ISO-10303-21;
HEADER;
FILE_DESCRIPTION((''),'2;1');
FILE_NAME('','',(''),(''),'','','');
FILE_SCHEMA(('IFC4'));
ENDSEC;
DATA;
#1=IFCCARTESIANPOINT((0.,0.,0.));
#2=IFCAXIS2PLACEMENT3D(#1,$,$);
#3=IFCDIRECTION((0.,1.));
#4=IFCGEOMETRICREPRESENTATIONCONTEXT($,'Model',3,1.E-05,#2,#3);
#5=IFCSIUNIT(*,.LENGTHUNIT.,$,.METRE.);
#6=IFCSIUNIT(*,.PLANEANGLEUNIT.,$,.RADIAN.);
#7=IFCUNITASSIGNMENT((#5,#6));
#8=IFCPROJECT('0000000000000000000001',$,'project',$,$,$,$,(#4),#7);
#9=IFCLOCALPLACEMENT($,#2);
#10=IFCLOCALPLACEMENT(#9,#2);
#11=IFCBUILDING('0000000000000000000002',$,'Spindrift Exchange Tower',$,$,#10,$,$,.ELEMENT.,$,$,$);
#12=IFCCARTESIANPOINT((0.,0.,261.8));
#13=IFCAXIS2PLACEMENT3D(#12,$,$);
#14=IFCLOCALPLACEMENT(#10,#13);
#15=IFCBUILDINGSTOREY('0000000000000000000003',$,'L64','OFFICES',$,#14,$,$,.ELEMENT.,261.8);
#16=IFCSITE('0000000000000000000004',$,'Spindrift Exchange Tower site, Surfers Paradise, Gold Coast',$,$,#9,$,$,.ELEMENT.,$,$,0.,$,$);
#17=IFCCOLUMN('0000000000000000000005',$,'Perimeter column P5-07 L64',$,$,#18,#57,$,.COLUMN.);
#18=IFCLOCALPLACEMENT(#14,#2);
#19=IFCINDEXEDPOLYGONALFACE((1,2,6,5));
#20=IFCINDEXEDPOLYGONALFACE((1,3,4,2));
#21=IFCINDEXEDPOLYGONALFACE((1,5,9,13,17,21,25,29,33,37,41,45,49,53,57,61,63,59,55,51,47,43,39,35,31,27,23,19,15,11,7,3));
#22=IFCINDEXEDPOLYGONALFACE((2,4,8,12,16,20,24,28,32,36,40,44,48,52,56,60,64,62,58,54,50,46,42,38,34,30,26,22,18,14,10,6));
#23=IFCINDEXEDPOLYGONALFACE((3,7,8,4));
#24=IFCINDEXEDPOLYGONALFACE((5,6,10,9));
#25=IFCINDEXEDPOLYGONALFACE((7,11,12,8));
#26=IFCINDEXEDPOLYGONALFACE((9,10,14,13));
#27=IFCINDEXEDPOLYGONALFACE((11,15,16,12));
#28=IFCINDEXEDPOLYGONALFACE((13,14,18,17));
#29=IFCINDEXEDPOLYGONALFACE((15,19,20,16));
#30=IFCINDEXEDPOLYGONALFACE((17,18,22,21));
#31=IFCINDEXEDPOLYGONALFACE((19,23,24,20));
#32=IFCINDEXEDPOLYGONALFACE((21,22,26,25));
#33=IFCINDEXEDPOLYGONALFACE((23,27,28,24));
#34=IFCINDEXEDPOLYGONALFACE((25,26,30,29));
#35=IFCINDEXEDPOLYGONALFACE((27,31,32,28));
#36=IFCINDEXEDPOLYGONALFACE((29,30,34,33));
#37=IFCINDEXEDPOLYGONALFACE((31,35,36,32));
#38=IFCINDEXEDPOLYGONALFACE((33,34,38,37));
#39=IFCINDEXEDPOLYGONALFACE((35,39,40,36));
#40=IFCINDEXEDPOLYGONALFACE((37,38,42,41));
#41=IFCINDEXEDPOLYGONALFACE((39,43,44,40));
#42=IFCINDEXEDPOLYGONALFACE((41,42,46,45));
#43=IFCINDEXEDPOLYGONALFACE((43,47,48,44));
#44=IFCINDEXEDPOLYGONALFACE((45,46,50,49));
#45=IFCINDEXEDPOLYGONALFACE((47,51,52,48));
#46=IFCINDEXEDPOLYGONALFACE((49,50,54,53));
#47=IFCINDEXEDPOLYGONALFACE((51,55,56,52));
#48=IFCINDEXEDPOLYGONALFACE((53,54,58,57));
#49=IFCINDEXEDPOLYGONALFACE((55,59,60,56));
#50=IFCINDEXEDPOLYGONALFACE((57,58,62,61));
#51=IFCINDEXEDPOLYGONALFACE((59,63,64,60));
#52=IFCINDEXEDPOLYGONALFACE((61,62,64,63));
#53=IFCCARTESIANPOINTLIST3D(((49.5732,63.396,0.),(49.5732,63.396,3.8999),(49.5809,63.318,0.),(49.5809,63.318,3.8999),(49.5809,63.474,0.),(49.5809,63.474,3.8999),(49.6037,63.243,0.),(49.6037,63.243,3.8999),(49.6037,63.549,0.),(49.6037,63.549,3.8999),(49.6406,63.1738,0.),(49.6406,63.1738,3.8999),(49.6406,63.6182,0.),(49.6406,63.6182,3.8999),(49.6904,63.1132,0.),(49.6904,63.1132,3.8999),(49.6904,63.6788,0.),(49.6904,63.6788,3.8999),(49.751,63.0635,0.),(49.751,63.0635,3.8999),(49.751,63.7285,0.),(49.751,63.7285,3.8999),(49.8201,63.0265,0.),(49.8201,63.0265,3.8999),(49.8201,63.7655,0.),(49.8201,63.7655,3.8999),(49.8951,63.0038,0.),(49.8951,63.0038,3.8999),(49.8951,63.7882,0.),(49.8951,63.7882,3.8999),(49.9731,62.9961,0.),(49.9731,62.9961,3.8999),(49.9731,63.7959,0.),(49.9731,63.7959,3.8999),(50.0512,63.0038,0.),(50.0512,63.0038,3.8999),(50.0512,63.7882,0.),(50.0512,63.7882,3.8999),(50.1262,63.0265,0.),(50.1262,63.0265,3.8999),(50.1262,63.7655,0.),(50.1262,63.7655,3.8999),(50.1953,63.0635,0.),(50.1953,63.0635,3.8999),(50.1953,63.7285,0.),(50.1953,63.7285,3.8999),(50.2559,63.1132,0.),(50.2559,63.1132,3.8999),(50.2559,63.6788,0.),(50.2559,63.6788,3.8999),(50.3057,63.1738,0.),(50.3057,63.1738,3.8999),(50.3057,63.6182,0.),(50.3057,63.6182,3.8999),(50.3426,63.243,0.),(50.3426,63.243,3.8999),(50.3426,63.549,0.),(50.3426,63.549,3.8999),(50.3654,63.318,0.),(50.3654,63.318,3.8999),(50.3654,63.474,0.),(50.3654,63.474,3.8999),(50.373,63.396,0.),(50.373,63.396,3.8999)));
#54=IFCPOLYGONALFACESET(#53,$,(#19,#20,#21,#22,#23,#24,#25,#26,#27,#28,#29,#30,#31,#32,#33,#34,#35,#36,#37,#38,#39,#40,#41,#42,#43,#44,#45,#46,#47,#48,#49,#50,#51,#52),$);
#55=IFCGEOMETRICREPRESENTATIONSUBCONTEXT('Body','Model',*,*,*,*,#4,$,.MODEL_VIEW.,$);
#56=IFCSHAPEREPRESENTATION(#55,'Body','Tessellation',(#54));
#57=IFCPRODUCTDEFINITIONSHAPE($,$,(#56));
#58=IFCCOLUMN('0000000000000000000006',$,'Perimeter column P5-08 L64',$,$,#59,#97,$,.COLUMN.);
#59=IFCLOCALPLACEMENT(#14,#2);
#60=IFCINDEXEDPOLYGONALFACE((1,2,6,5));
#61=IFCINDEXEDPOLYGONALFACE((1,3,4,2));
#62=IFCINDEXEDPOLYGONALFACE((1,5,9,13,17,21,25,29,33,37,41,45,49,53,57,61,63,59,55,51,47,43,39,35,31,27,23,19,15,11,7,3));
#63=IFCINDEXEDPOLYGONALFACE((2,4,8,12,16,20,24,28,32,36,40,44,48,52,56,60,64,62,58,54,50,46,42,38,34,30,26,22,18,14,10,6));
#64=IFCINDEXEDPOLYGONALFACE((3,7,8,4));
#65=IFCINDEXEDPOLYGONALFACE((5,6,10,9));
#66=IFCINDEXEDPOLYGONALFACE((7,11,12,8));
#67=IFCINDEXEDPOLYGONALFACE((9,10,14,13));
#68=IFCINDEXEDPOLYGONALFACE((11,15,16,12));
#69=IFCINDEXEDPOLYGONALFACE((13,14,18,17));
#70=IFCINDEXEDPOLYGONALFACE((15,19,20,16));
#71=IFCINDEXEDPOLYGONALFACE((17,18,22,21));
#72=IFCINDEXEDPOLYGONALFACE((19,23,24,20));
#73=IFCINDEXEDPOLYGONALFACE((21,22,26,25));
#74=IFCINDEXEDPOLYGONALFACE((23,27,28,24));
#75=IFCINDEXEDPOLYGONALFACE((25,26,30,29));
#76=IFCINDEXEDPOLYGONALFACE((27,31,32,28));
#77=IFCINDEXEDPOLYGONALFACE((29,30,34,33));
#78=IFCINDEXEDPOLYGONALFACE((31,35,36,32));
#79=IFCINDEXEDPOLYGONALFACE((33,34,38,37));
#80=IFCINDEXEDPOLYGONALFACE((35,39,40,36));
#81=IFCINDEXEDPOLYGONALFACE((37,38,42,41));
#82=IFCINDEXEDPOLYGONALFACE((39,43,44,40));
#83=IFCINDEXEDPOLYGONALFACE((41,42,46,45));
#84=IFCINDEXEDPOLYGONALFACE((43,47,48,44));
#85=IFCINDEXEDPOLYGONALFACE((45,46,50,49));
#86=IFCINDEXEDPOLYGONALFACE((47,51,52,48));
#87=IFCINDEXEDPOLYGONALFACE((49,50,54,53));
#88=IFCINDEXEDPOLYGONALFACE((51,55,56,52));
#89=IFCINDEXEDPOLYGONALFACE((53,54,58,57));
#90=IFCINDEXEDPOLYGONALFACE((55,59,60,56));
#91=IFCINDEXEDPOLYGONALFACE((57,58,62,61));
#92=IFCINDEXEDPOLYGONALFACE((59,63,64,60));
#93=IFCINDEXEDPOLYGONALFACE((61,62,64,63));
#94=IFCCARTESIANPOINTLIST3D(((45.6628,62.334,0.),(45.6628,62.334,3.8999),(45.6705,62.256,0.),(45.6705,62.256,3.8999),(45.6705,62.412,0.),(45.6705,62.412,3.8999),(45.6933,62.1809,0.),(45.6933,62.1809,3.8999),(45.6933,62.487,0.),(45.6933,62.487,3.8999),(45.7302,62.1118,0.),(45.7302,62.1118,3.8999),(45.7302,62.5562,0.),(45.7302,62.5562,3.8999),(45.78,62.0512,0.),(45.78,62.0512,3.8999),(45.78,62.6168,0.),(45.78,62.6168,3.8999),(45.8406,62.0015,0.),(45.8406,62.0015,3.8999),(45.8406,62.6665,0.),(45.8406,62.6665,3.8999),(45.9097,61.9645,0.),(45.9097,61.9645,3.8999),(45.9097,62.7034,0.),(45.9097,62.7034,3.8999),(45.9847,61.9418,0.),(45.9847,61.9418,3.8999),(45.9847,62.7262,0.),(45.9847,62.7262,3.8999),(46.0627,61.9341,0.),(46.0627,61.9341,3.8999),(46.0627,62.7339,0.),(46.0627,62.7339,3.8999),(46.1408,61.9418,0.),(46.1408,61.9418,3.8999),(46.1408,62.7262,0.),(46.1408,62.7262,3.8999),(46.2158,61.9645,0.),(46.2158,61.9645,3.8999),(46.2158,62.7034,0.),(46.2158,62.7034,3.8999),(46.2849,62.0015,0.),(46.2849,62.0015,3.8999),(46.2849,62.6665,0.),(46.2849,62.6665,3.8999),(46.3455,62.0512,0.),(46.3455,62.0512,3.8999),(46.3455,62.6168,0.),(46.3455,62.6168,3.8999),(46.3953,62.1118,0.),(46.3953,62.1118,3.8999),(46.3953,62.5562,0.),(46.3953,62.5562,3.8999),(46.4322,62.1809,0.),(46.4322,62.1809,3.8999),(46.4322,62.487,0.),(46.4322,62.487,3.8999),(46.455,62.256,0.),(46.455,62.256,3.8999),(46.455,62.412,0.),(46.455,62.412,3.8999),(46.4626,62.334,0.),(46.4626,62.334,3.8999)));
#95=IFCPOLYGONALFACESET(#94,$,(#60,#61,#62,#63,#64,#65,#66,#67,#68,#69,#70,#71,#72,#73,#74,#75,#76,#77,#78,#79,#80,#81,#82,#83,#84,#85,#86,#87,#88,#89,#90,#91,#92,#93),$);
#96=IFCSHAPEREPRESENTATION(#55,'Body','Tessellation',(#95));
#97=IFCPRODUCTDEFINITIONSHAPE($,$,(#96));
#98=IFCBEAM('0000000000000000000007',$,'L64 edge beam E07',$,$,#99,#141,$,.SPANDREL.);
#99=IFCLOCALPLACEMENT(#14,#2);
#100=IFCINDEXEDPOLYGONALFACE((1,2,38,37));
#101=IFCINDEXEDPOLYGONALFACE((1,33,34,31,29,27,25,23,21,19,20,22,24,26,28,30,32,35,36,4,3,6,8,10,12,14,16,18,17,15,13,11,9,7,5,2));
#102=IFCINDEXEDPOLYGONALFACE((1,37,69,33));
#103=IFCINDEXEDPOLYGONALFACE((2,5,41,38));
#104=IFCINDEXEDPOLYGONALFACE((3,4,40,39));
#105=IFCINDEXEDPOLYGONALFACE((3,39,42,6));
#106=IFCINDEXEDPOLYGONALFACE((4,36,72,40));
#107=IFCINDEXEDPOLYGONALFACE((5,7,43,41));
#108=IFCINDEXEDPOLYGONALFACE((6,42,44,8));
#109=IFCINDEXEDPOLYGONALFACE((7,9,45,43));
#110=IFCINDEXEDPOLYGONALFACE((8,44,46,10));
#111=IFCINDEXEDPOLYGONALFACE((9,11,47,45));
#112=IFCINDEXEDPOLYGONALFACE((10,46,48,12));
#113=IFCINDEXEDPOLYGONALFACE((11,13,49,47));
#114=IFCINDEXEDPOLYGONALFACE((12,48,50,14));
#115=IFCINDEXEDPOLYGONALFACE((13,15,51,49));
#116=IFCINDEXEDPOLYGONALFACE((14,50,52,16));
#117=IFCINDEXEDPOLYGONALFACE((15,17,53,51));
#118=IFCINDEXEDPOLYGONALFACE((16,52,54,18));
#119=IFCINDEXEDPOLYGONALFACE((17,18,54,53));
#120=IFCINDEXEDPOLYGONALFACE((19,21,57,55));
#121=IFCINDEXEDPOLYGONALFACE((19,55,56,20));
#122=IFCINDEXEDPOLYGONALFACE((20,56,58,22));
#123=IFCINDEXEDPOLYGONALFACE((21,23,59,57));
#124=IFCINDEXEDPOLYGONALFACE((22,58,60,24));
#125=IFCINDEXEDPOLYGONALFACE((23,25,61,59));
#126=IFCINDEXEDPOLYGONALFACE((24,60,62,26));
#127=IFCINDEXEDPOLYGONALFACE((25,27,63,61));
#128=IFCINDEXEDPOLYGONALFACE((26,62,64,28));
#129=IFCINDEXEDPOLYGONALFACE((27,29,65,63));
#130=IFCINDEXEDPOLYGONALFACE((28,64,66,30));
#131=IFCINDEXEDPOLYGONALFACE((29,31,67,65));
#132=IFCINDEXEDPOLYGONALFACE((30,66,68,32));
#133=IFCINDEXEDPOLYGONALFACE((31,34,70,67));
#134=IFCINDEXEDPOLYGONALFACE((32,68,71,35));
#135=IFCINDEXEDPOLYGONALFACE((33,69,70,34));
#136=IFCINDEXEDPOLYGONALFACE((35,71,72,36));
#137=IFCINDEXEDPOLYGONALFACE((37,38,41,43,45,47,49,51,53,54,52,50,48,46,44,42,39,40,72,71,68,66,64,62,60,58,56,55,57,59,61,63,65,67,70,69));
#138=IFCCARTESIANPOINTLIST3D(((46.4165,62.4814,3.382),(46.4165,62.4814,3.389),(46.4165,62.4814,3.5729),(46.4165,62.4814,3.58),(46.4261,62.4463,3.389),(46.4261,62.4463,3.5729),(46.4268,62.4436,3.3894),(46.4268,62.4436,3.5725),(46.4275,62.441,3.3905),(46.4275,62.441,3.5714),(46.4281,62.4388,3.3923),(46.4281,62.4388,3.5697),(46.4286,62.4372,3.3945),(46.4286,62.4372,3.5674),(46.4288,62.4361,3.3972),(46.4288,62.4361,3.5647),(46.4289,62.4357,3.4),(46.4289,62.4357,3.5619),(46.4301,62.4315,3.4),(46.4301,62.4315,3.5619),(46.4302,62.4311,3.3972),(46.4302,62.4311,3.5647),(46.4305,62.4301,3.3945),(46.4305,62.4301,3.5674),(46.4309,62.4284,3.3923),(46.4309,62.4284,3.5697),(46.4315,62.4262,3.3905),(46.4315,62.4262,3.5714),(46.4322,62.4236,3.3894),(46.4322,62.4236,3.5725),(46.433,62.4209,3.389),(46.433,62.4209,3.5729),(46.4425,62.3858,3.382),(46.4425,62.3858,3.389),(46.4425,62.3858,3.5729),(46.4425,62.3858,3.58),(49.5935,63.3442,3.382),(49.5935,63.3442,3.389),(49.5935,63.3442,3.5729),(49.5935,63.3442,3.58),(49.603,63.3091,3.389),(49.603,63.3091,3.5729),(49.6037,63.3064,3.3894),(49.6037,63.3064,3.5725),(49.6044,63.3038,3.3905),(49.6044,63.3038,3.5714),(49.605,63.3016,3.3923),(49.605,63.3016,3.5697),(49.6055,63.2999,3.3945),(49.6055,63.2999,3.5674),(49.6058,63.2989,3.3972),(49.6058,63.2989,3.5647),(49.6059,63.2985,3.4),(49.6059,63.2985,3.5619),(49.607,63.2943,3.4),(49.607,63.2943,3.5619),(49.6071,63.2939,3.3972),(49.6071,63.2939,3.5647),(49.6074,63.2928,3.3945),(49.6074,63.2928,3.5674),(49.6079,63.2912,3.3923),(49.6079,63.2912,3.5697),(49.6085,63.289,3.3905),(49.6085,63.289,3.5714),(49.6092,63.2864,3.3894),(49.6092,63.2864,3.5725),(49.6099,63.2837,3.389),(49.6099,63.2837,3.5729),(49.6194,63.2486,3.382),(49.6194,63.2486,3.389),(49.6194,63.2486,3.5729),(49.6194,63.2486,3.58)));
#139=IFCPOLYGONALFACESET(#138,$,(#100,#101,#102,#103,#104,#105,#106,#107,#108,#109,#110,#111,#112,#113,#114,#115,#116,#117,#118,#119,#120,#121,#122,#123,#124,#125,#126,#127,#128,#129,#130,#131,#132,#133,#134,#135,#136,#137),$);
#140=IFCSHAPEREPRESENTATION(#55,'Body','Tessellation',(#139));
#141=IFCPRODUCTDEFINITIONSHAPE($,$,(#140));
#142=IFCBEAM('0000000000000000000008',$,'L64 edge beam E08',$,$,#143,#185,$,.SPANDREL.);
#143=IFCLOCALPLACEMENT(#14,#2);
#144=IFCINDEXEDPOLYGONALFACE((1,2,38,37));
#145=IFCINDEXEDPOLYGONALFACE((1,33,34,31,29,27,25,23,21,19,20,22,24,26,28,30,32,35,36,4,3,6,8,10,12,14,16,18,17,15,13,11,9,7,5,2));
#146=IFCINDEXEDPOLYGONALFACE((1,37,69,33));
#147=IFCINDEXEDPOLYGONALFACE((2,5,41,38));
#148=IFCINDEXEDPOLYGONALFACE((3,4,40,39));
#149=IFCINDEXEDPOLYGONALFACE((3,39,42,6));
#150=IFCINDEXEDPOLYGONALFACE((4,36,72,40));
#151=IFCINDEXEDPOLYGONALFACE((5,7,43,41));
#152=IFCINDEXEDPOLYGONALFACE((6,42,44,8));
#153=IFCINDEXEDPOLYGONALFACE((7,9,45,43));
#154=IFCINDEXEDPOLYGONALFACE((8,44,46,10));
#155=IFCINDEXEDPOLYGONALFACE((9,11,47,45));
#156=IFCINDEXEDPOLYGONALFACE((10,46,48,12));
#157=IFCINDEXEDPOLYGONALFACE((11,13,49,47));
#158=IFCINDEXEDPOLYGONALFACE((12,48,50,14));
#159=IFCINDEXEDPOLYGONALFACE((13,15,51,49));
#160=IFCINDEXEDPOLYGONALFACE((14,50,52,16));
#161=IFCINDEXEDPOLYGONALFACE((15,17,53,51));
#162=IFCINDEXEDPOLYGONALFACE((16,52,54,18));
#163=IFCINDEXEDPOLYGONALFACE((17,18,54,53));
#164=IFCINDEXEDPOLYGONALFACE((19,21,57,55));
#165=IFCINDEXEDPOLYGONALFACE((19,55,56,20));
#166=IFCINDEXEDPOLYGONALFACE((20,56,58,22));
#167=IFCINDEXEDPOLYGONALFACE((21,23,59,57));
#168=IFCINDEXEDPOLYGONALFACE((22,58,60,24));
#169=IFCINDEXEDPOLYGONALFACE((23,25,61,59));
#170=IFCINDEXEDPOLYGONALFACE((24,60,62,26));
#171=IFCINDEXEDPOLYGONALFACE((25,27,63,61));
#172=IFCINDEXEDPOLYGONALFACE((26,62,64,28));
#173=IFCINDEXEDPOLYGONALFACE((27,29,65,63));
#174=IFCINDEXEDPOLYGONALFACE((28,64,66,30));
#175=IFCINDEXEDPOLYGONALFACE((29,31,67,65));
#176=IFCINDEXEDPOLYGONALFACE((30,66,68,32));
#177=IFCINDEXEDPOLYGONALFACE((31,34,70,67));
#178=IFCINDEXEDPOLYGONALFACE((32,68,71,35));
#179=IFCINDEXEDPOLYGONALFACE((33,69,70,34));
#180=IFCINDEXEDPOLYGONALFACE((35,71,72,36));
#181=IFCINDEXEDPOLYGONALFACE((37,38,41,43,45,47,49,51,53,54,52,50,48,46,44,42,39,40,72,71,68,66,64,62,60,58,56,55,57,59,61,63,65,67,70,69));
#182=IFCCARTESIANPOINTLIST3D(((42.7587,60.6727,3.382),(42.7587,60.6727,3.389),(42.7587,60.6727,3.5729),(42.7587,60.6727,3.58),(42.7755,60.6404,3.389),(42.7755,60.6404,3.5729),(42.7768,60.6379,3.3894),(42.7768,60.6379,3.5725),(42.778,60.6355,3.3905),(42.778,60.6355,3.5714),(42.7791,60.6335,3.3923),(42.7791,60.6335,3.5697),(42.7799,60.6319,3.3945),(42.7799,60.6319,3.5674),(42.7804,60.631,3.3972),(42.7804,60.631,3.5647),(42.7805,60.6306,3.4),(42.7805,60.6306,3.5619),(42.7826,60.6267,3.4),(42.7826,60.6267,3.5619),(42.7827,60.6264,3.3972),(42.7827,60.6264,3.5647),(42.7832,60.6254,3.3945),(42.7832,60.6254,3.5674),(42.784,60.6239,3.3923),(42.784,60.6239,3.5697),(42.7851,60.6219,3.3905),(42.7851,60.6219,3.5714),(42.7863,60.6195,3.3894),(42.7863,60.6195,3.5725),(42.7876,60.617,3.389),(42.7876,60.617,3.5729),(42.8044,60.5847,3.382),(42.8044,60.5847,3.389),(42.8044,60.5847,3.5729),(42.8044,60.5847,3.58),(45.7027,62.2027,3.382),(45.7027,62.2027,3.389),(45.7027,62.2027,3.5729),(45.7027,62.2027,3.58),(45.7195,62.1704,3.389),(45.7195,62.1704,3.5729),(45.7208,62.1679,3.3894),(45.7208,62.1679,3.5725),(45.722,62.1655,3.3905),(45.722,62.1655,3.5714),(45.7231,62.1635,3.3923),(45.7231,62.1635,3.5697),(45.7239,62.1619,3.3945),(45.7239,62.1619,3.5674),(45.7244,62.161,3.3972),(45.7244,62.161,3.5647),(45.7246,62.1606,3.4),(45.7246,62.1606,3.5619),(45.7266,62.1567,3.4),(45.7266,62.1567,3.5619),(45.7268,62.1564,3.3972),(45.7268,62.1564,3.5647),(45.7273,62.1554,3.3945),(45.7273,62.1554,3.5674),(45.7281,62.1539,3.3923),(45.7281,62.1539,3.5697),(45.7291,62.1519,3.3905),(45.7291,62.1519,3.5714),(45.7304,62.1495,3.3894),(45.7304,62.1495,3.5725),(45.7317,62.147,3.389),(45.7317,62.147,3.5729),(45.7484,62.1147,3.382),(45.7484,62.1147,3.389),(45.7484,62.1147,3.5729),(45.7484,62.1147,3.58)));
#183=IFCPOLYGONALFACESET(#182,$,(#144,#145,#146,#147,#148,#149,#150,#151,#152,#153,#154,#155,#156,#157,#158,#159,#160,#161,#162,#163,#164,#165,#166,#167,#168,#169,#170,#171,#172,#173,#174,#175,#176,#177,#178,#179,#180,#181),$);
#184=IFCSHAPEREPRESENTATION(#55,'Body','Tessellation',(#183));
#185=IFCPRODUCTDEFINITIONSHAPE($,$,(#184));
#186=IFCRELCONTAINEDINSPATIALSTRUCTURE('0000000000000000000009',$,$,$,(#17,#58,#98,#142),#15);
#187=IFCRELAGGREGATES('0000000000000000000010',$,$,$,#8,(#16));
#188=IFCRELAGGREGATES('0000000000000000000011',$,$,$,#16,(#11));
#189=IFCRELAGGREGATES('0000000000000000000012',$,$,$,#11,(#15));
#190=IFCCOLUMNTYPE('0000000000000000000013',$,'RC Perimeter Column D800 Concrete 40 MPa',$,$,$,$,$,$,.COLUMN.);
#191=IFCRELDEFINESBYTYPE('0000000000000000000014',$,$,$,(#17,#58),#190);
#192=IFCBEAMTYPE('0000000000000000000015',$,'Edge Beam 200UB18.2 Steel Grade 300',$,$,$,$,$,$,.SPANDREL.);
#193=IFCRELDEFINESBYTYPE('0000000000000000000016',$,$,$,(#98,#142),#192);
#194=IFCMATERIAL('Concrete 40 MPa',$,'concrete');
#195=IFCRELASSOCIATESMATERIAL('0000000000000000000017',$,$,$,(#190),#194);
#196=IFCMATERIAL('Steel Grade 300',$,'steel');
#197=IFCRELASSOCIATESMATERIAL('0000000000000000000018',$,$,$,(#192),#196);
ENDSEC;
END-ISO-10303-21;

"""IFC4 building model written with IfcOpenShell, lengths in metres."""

from ifc_helpers import new_model, si_unit, direction, frame, origin, origin_2d, place, context, subcontext, project, spatial, circle, i_section, extrude, source, transform, mapped, material, material_profile, profile_set, type_object, element, save


model = new_model("IFC4")

# Units and contexts
model_context = context("Model", 3, precision=1e-05, world=origin(), true_north=direction((0.0, 1.0)))
body_context = subcontext(model_context, "Body", "Model", "MODEL_VIEW")
ifc_project = project(units=[si_unit("LENGTHUNIT", "METRE"), si_unit("PLANEANGLEUNIT", "RADIAN")], contexts=[model_context])

# Site, building, storey
site_placement = place(None, origin())
site = spatial("IfcSite", under=ifc_project, at=site_placement, Name="Spindrift Exchange Tower site, Surfers Paradise, Gold Coast", CompositionType="ELEMENT", RefElevation=0.0)
building_placement = place(site_placement, origin())
building = spatial("IfcBuilding", under=site, at=building_placement, Name="Spindrift Exchange Tower", CompositionType="ELEMENT")
storey_placement = place(building_placement, frame((0.0, 0.0, 261.8)))
storey = spatial("IfcBuildingStorey", under=building, at=storey_placement, Name="L64", Description="OFFICES", CompositionType="ELEMENT", Elevation=261.8)

# Columns
ifc_material_1 = material(Name="Concrete 40 MPa", Category="concrete")
ifc_material_profile_1 = material_profile(ifc_material_1, circle(Radius=0.3999, at=origin_2d()), Name="RC D800")
ifc_profile_set_1 = profile_set([ifc_material_profile_1], Name="Concrete 40 MPa")
column_type = type_object("IfcColumnType", Name="RC Perimeter Column D800 Concrete 40 MPa", PredefinedType="COLUMN", material=ifc_profile_set_1)
shared_shape_1 = source(origin(), body_context, "Body", "SweptSolid", [
    extrude(circle(Radius=0.3999, at=origin_2d()), origin(), (0.0, 0.0, 1.0), 3.8999),
])
for number, where, z_axis, x_axis, name in (
    (1, (49.9731, 63.396, 0.0), (0.0, 0.0, 1.0), (1.0, 0.0, 0.0), "Perimeter column P5-07 L64"),
    (2, (46.0627, 62.334, 0.0), (0.0, 0.0, 1.0), (1.0, 0.0, 0.0), "Perimeter column P5-08 L64"),
):
    element("IfcColumn", number, at=place(storey_placement, frame(where, z_axis=z_axis, x_axis=x_axis)), inside=storey, type_object=column_type, Name=name, PredefinedType="COLUMN", context=body_context, shape_type="MappedRepresentation", body=[
        mapped(shared_shape_1, transform((0.0, 0.0, 0.0), scale=1.0)),
    ])

# Beams
ifc_material_2 = material(Name="Steel Grade 300", Category="steel")
ifc_material_profile_2 = material_profile(ifc_material_2, i_section(OverallWidth=0.0991, OverallDepth=0.198, WebThickness=0.0044, FlangeThickness=0.0071, FilletRadius=0.011, at=origin_2d()), Name="200UB18.2")
ifc_profile_set_2 = profile_set([ifc_material_profile_2], Name="Steel Grade 300")
beam_type_1 = type_object("IfcBeamType", Name="Edge Beam 200UB18.2 Steel Grade 300", PredefinedType="SPANDREL", material=ifc_profile_set_2)
shared_shape_2 = source(origin(), body_context, "Body", "SweptSolid", [
    extrude(i_section(OverallWidth=0.0991, OverallDepth=0.198, WebThickness=0.0044, FlangeThickness=0.0071, FilletRadius=0.011, at=origin_2d()), origin(), (0.0, 0.0, 1.0), 3.292),
])
beam_1_placement = place(storey_placement, frame((49.6064, 63.2964, 3.481), z_axis=(-0.965046, -0.262082, 0.0), x_axis=(0.262082, -0.965046, 0.0)))
element("IfcBeam", 3, at=beam_1_placement, inside=storey, type_object=beam_type_1, Name="L64 edge beam E07", PredefinedType="SPANDREL", context=body_context, shape_type="MappedRepresentation", body=[
    mapped(shared_shape_2, transform((0.0, 0.0, 0.0), scale=1.0)),
])
shared_shape_3 = source(origin(), body_context, "Body", "SweptSolid", [
    extrude(i_section(OverallWidth=0.0991, OverallDepth=0.198, WebThickness=0.0044, FlangeThickness=0.0071, FilletRadius=0.011, at=origin_2d()), origin(), (0.0, 0.0, 1.0), 3.3179),
])
beam_2_placement = place(storey_placement, frame((45.7256, 62.1587, 3.481), z_axis=(-0.887328, -0.46114, 0.0), x_axis=(0.46114, -0.887328, 0.0)))
element("IfcBeam", 4, at=beam_2_placement, inside=storey, type_object=beam_type_1, Name="L64 edge beam E08", PredefinedType="SPANDREL", context=body_context, shape_type="MappedRepresentation", body=[
    mapped(shared_shape_3, transform((0.0, 0.0, 0.0), scale=1.0)),
])

save(model, "model.ifc")
